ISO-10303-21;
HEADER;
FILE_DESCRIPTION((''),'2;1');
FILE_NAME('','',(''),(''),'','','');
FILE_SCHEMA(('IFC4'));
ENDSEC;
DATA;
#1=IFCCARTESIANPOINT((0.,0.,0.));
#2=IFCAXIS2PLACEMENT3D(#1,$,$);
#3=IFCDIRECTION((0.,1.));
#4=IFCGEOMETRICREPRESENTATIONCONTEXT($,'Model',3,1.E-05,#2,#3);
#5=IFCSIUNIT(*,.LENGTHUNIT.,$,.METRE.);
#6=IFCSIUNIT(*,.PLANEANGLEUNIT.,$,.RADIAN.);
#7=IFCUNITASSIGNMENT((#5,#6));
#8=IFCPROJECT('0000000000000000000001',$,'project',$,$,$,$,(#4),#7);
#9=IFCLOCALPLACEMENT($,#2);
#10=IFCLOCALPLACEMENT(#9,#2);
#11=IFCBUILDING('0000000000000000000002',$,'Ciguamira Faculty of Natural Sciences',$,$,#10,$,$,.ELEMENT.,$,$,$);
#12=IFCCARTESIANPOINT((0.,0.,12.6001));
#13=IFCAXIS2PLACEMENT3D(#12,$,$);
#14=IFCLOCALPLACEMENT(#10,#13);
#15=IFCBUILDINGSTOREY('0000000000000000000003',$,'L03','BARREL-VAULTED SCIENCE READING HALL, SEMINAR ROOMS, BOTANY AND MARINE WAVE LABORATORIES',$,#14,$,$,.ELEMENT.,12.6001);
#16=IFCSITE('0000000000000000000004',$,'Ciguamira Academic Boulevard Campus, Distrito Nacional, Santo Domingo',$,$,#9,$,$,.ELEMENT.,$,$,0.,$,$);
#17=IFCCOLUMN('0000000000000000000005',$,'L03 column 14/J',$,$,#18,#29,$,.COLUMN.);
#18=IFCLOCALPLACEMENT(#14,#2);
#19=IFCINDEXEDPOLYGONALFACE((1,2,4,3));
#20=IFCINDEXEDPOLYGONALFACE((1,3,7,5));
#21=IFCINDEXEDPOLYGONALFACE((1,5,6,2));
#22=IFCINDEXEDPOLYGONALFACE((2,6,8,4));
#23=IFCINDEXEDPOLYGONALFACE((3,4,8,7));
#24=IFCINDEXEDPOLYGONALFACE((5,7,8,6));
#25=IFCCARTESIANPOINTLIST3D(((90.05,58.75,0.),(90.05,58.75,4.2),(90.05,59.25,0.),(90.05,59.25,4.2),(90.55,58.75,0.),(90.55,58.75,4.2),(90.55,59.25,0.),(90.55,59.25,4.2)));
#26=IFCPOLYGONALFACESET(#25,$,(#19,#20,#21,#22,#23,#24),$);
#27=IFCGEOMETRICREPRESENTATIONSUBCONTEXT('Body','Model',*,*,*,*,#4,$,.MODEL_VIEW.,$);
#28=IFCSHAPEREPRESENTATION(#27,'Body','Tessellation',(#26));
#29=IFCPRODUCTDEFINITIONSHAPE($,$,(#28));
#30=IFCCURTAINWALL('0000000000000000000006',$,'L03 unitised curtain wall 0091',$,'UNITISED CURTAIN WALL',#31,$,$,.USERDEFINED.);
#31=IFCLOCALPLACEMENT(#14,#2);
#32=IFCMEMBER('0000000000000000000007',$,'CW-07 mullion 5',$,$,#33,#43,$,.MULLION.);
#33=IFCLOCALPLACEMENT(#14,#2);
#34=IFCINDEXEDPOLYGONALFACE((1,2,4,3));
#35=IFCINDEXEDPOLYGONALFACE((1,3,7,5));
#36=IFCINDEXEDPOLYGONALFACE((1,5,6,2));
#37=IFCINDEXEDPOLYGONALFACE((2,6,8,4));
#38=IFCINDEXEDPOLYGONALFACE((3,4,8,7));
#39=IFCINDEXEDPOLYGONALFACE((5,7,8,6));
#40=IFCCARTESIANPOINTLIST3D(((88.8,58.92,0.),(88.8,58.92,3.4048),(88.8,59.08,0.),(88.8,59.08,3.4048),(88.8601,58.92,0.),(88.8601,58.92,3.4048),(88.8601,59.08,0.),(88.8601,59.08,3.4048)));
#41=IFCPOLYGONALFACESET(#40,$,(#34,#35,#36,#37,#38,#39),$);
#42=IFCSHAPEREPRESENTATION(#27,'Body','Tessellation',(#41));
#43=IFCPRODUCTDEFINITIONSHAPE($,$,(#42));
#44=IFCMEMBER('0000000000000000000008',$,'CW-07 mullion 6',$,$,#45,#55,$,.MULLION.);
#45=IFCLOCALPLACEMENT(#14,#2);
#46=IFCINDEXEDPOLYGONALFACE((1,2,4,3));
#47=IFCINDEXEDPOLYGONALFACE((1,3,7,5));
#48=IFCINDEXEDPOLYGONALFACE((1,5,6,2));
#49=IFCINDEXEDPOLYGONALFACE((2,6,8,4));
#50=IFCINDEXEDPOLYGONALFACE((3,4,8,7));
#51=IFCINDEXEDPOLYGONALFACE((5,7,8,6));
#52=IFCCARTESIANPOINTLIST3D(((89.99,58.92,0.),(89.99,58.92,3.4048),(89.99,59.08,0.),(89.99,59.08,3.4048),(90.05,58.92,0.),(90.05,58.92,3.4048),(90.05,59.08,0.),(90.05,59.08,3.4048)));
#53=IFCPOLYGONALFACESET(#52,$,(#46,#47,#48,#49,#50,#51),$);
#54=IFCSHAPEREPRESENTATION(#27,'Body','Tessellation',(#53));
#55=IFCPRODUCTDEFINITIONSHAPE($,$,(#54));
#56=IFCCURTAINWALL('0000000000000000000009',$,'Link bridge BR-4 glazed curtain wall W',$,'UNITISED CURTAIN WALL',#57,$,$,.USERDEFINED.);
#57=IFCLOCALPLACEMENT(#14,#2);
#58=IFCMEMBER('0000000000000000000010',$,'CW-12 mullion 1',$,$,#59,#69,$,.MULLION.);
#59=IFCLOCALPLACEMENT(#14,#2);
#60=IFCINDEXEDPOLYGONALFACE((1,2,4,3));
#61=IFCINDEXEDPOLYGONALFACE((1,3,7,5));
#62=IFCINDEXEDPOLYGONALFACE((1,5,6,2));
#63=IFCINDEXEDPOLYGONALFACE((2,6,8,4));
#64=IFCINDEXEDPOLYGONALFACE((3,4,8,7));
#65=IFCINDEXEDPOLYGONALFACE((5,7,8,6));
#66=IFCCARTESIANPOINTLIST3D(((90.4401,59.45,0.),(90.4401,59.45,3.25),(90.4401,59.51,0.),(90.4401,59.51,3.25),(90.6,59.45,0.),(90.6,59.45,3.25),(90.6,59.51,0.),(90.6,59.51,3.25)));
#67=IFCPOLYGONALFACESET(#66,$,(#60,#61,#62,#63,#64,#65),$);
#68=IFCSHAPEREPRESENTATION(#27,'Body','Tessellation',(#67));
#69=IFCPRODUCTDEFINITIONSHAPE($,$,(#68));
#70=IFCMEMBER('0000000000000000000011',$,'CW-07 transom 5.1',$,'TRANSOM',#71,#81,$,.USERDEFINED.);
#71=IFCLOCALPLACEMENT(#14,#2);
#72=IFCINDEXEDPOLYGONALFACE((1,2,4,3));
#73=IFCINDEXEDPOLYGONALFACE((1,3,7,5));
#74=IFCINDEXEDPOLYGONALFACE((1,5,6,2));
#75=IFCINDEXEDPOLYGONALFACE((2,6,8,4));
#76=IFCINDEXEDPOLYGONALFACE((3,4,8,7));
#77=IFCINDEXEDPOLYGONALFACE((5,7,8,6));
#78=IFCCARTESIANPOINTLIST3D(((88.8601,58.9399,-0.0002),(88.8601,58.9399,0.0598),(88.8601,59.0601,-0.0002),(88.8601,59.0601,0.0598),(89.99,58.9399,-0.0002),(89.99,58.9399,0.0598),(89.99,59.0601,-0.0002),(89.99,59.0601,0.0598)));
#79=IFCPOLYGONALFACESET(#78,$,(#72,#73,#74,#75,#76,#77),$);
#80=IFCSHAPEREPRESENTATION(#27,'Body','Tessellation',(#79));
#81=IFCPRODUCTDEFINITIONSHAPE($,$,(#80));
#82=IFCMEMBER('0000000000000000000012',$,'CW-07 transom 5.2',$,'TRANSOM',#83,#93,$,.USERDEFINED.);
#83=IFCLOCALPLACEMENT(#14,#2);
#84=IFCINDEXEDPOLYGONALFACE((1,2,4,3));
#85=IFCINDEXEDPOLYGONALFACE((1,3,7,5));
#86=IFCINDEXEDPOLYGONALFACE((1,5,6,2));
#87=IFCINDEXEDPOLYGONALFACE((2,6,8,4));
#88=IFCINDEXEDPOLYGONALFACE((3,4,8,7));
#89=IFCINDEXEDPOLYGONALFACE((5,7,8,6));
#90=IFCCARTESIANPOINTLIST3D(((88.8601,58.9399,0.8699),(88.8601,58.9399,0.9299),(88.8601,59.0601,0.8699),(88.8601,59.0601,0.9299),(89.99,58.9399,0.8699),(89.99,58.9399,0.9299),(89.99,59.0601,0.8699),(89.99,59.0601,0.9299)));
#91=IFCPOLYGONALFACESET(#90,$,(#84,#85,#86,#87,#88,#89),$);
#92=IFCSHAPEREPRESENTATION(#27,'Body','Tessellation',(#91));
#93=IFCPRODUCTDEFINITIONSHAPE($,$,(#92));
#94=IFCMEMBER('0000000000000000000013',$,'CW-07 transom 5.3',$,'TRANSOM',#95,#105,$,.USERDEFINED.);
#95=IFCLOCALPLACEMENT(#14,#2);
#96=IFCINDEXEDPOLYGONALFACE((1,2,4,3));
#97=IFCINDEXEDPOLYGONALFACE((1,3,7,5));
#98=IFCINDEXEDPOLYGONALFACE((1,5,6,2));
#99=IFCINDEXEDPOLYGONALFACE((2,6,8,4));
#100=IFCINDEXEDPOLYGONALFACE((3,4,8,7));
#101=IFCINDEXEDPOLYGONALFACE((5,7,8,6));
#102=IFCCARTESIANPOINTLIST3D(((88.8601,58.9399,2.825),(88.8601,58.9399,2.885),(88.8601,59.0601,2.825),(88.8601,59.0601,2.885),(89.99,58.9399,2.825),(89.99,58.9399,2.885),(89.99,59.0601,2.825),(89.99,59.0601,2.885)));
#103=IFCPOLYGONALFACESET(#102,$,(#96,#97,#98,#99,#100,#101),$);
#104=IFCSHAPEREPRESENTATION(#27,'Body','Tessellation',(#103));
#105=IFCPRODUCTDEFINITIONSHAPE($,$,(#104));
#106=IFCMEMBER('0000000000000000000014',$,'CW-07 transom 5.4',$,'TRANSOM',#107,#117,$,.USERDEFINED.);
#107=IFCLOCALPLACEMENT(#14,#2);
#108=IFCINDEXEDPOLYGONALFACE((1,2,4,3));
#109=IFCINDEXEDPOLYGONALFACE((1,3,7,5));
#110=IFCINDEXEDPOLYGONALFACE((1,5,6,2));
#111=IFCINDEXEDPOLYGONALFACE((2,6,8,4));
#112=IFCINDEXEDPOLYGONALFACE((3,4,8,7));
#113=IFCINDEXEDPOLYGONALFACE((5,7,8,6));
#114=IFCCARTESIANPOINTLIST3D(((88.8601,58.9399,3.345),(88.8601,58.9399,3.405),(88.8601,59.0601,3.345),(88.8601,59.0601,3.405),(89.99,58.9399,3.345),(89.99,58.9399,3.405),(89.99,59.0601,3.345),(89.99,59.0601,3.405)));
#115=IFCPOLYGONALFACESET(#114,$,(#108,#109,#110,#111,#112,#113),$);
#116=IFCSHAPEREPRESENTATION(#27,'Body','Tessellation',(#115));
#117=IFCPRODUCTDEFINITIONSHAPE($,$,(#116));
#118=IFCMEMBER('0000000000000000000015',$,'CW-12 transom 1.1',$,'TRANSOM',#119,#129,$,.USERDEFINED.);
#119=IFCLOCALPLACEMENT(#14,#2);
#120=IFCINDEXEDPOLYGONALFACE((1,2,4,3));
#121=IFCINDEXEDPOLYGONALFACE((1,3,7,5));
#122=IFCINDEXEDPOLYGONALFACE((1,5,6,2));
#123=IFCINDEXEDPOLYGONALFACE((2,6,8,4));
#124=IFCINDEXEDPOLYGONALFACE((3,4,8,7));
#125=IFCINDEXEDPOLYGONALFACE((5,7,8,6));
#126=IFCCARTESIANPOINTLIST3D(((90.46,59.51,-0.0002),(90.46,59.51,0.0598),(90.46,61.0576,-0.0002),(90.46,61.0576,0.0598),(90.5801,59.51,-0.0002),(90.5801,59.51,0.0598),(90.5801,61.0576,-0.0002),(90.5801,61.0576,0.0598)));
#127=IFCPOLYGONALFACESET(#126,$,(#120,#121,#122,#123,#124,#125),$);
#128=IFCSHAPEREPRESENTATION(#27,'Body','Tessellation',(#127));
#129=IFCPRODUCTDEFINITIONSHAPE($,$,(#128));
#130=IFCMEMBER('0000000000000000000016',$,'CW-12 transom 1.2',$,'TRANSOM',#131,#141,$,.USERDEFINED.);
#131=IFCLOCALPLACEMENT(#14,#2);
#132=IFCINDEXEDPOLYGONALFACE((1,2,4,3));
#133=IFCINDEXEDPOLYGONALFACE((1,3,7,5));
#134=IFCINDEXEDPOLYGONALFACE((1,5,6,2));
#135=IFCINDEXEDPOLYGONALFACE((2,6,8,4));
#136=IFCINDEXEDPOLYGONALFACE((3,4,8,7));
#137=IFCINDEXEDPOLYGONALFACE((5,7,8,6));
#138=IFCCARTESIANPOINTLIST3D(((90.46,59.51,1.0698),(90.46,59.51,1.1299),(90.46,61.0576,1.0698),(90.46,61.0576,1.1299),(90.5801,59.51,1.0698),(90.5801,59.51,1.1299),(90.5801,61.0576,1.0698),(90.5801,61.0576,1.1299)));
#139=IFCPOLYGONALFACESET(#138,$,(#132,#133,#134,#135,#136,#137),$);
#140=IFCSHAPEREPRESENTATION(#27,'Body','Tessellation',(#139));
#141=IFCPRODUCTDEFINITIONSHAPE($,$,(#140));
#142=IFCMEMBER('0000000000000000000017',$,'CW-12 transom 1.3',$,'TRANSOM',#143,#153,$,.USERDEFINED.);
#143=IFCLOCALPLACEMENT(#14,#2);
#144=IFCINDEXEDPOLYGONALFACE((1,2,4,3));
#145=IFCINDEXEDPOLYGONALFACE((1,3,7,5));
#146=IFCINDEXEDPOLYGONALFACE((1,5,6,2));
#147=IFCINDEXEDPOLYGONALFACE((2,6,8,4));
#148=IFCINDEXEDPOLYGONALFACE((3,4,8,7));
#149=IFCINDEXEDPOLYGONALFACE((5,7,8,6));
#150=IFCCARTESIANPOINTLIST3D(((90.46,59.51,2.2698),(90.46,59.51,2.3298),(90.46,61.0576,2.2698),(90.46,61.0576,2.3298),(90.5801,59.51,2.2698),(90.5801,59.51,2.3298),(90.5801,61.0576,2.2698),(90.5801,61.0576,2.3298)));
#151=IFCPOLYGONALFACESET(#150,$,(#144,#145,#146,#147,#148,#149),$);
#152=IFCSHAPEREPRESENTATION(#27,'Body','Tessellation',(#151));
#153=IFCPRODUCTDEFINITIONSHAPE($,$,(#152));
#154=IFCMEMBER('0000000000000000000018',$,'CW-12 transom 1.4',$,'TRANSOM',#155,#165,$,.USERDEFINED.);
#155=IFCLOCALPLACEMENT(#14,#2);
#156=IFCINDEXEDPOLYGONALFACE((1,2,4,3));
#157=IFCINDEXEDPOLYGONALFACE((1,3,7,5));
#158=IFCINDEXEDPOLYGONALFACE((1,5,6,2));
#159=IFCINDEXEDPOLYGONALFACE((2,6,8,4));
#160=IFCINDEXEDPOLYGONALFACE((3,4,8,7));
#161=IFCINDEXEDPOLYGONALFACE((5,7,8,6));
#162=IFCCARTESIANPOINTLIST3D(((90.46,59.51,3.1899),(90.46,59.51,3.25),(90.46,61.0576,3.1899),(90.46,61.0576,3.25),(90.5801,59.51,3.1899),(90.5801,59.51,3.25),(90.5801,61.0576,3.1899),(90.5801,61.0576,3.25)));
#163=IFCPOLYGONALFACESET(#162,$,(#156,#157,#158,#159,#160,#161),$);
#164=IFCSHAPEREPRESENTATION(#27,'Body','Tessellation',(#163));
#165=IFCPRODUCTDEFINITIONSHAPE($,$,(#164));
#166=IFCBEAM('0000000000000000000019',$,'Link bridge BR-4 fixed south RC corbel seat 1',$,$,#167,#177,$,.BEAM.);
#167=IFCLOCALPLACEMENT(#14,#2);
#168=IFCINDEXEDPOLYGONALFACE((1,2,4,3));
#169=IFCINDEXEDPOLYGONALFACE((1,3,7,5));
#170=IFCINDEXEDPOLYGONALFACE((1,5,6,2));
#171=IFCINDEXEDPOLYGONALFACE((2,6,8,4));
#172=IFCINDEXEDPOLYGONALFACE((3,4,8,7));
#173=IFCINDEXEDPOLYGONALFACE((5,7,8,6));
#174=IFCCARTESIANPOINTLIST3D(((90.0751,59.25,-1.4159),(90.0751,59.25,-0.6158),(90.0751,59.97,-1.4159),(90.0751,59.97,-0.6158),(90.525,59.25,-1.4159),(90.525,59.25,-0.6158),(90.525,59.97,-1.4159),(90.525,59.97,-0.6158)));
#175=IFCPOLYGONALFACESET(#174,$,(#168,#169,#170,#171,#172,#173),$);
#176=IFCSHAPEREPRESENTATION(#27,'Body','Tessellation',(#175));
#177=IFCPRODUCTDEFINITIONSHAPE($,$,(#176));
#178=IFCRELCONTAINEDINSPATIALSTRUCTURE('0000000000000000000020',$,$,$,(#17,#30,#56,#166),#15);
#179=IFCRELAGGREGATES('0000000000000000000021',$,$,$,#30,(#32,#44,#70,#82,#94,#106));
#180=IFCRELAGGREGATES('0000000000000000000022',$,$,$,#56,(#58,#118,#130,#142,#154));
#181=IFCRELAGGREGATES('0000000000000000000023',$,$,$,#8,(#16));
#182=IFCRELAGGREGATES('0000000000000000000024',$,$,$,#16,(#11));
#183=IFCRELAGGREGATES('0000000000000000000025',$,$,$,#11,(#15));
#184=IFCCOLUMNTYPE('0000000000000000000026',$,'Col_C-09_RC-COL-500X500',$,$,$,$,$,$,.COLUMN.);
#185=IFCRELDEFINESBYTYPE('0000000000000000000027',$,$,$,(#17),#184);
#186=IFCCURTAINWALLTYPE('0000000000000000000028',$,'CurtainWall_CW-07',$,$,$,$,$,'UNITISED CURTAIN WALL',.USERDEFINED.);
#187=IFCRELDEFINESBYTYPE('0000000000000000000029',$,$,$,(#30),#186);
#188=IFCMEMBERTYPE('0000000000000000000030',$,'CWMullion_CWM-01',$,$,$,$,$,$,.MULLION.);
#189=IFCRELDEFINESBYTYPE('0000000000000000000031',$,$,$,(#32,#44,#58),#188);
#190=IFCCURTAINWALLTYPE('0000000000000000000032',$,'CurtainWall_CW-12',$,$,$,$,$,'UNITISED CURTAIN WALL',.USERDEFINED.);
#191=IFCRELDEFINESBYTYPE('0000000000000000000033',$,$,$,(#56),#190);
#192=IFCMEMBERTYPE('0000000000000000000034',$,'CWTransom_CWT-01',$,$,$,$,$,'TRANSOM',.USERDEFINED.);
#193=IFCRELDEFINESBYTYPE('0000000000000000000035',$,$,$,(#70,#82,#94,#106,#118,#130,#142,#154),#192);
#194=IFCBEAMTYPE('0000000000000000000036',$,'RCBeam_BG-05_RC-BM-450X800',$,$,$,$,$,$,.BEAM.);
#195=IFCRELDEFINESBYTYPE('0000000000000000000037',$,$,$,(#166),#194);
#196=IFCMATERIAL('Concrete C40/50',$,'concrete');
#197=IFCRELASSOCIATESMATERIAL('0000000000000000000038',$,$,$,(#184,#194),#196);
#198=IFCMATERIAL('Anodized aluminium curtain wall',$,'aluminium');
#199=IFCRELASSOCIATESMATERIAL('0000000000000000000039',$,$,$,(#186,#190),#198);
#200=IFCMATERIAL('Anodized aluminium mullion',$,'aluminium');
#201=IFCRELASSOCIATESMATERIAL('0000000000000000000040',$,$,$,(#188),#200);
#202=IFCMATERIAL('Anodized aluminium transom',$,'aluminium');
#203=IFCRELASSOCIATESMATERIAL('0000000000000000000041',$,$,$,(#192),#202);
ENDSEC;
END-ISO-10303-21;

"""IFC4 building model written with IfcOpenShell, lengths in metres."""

from ifc_helpers import new_model, si_unit, direction, frame, origin, origin_2d, place, context, subcontext, project, spatial, rectangle, extrude, material, material_profile, profile_set, type_object, element, aggregate, save


model = new_model("IFC4")

# Units and contexts
model_context = context("Model", 3, precision=1e-05, world=origin(), true_north=direction((0.0, 1.0)))
body_context = subcontext(model_context, "Body", "Model", "MODEL_VIEW")
ifc_project = project(units=[si_unit("LENGTHUNIT", "METRE"), si_unit("PLANEANGLEUNIT", "RADIAN")], contexts=[model_context])

# Site, building, storey
site_placement = place(None, origin())
site = spatial("IfcSite", under=ifc_project, at=site_placement, Name="Ciguamira Academic Boulevard Campus, Distrito Nacional, Santo Domingo", CompositionType="ELEMENT", RefElevation=0.0)
building_placement = place(site_placement, origin())
building = spatial("IfcBuilding", under=site, at=building_placement, Name="Ciguamira Faculty of Natural Sciences", CompositionType="ELEMENT")
storey_placement = place(building_placement, frame((0.0, 0.0, 12.6001)))
storey = spatial("IfcBuildingStorey", under=building, at=storey_placement, Name="L03", Description="BARREL-VAULTED SCIENCE READING HALL, SEMINAR ROOMS, BOTANY AND MARINE WAVE LABORATORIES", CompositionType="ELEMENT", Elevation=12.6001)

# Column
ifc_material_1 = material(Name="Concrete C40/50", Category="concrete")
ifc_material_profile_1 = material_profile(ifc_material_1, rectangle(XDim=0.5, YDim=0.5, at=origin_2d()), Name="RC-COL-500X500")
ifc_profile_set_1 = profile_set([ifc_material_profile_1], Name="Concrete C40/50")
column_type = type_object("IfcColumnType", Name="Col_C-09_RC-COL-500X500", PredefinedType="COLUMN", material=ifc_profile_set_1)
column_placement = place(storey_placement, frame((90.3, 59.0, 0.0), z_axis=(0.0, 0.0, 1.0), x_axis=(1.0, 0.0, 0.0)))
element("IfcColumn", 1, at=column_placement, inside=storey, type_object=column_type, Name="L03 column 14/J", PredefinedType="COLUMN", context=body_context, shape_type="SweptSolid", body=[
    extrude(rectangle(XDim=0.5, YDim=0.5, at=origin_2d()), origin(), (0.0, 0.0, 1.0), 4.2),
])

# Curtain wall, members
ifc_material_2 = material(Name="Anodized aluminium curtain wall", Category="aluminium")
curtain_wall_type_1 = type_object("IfcCurtainWallType", Name="CurtainWall_CW-07", ElementType="UNITISED CURTAIN WALL", PredefinedType="USERDEFINED", material=ifc_material_2)
curtain_wall_1_placement = place(storey_placement, origin())
curtain_wall_1 = element("IfcCurtainWall", 2, at=curtain_wall_1_placement, inside=storey, type_object=curtain_wall_type_1, Name="L03 unitised curtain wall 0091", ObjectType="UNITISED CURTAIN WALL", PredefinedType="USERDEFINED")
ifc_material_3 = material(Name="Anodized aluminium mullion", Category="aluminium")
ifc_material_profile_2 = material_profile(ifc_material_3, rectangle(XDim=0.0601, YDim=0.1599, at=origin_2d()), Name="ALU-MUL-60X160")
ifc_profile_set_2 = profile_set([ifc_material_profile_2], Name="Anodized aluminium mullion")
member_type_1 = type_object("IfcMemberType", Name="CWMullion_CWM-01", PredefinedType="MULLION", material=ifc_profile_set_2)
member_1_placement = place(storey_placement, frame((88.8301, 59.0, 0.0), z_axis=(0.0, 0.0, 1.0), x_axis=(1.0, 0.0, 0.0)))
member_1 = element("IfcMember", 3, at=member_1_placement, type_object=member_type_1, Name="CW-07 mullion 5", PredefinedType="MULLION", context=body_context, shape_type="SweptSolid", body=[
    extrude(rectangle(XDim=0.0601, YDim=0.1599, at=origin_2d()), origin(), (0.0, 0.0, 1.0), 3.4048),
])
member_2_placement = place(storey_placement, frame((90.02, 59.0, 0.0), z_axis=(0.0, 0.0, 1.0), x_axis=(1.0, 0.0, 0.0)))
member_2 = element("IfcMember", 4, at=member_2_placement, type_object=member_type_1, Name="CW-07 mullion 6", PredefinedType="MULLION", context=body_context, shape_type="SweptSolid", body=[
    extrude(rectangle(XDim=0.0601, YDim=0.1599, at=origin_2d()), origin(), (0.0, 0.0, 1.0), 3.4048),
])

# Curtain wall, member
curtain_wall_type_2 = type_object("IfcCurtainWallType", Name="CurtainWall_CW-12", ElementType="UNITISED CURTAIN WALL", PredefinedType="USERDEFINED", material=ifc_material_2)
curtain_wall_2_placement = place(storey_placement, origin())
curtain_wall_2 = element("IfcCurtainWall", 5, at=curtain_wall_2_placement, inside=storey, type_object=curtain_wall_type_2, Name="Link bridge BR-4 glazed curtain wall W", ObjectType="UNITISED CURTAIN WALL", PredefinedType="USERDEFINED")
member_3_placement = place(storey_placement, frame((90.52, 59.48, 0.0), z_axis=(0.0, 0.0, 1.0), x_axis=(0.0, 1.0, 0.0)))
member_3 = element("IfcMember", 6, at=member_3_placement, type_object=member_type_1, Name="CW-12 mullion 1", PredefinedType="MULLION", context=body_context, shape_type="SweptSolid", body=[
    extrude(rectangle(XDim=0.0601, YDim=0.1599, at=origin_2d()), origin(), (0.0, 0.0, 1.0), 3.25),
])

# Members
ifc_material_4 = material(Name="Anodized aluminium transom", Category="aluminium")
ifc_material_profile_3 = material_profile(ifc_material_4, rectangle(XDim=0.0601, YDim=0.1201, at=origin_2d()), Name="ALU-TRN-60X120")
ifc_profile_set_3 = profile_set([ifc_material_profile_3], Name="Anodized aluminium transom")
member_type_2 = type_object("IfcMemberType", Name="CWTransom_CWT-01", ElementType="TRANSOM", PredefinedType="USERDEFINED", material=ifc_profile_set_3)
member_4_placement = place(storey_placement, frame((88.8601, 59.0, 0.0298), z_axis=(1.0, 0.0, 0.0), x_axis=(0.0, 0.0, 1.0)))
member_4 = element("IfcMember", 7, at=member_4_placement, type_object=member_type_2, Name="CW-07 transom 5.1", ObjectType="TRANSOM", PredefinedType="USERDEFINED", context=body_context, shape_type="SweptSolid", body=[
    extrude(rectangle(XDim=0.0601, YDim=0.1201, at=origin_2d()), origin(), (0.0, 0.0, 1.0), 1.1299),
])
member_5_placement = place(storey_placement, frame((88.8601, 59.0, 0.8999), z_axis=(1.0, 0.0, 0.0), x_axis=(0.0, 0.0, 1.0)))
member_5 = element("IfcMember", 8, at=member_5_placement, type_object=member_type_2, Name="CW-07 transom 5.2", ObjectType="TRANSOM", PredefinedType="USERDEFINED", context=body_context, shape_type="SweptSolid", body=[
    extrude(rectangle(XDim=0.0601, YDim=0.1201, at=origin_2d()), origin(), (0.0, 0.0, 1.0), 1.1299),
])
member_6_placement = place(storey_placement, frame((88.8601, 59.0, 2.855), z_axis=(1.0, 0.0, 0.0), x_axis=(0.0, 0.0, 1.0)))
member_6 = element("IfcMember", 9, at=member_6_placement, type_object=member_type_2, Name="CW-07 transom 5.3", ObjectType="TRANSOM", PredefinedType="USERDEFINED", context=body_context, shape_type="SweptSolid", body=[
    extrude(rectangle(XDim=0.0601, YDim=0.1201, at=origin_2d()), origin(), (0.0, 0.0, 1.0), 1.1299),
])
member_7_placement = place(storey_placement, frame((88.8601, 59.0, 3.375), z_axis=(1.0, 0.0, 0.0), x_axis=(0.0, 0.0, 1.0)))
member_7 = element("IfcMember", 10, at=member_7_placement, type_object=member_type_2, Name="CW-07 transom 5.4", ObjectType="TRANSOM", PredefinedType="USERDEFINED", context=body_context, shape_type="SweptSolid", body=[
    extrude(rectangle(XDim=0.0601, YDim=0.1201, at=origin_2d()), origin(), (0.0, 0.0, 1.0), 1.1299),
])
member_8_placement = place(storey_placement, frame((90.52, 59.51, 0.0298), z_axis=(0.0, 1.0, 0.0), x_axis=(0.0, 0.0, 1.0)))
member_8 = element("IfcMember", 11, at=member_8_placement, type_object=member_type_2, Name="CW-12 transom 1.1", ObjectType="TRANSOM", PredefinedType="USERDEFINED", context=body_context, shape_type="SweptSolid", body=[
    extrude(rectangle(XDim=0.0601, YDim=0.1201, at=origin_2d()), origin(), (0.0, 0.0, 1.0), 1.5476),
])
member_9_placement = place(storey_placement, frame((90.52, 59.51, 1.0999), z_axis=(0.0, 1.0, 0.0), x_axis=(0.0, 0.0, 1.0)))
member_9 = element("IfcMember", 12, at=member_9_placement, type_object=member_type_2, Name="CW-12 transom 1.2", ObjectType="TRANSOM", PredefinedType="USERDEFINED", context=body_context, shape_type="SweptSolid", body=[
    extrude(rectangle(XDim=0.0601, YDim=0.1201, at=origin_2d()), origin(), (0.0, 0.0, 1.0), 1.5476),
])
member_10_placement = place(storey_placement, frame((90.52, 59.51, 2.2998), z_axis=(0.0, 1.0, 0.0), x_axis=(0.0, 0.0, 1.0)))
member_10 = element("IfcMember", 13, at=member_10_placement, type_object=member_type_2, Name="CW-12 transom 1.3", ObjectType="TRANSOM", PredefinedType="USERDEFINED", context=body_context, shape_type="SweptSolid", body=[
    extrude(rectangle(XDim=0.0601, YDim=0.1201, at=origin_2d()), origin(), (0.0, 0.0, 1.0), 1.5476),
])
member_11_placement = place(storey_placement, frame((90.52, 59.51, 3.22), z_axis=(0.0, 1.0, 0.0), x_axis=(0.0, 0.0, 1.0)))
member_11 = element("IfcMember", 14, at=member_11_placement, type_object=member_type_2, Name="CW-12 transom 1.4", ObjectType="TRANSOM", PredefinedType="USERDEFINED", context=body_context, shape_type="SweptSolid", body=[
    extrude(rectangle(XDim=0.0601, YDim=0.1201, at=origin_2d()), origin(), (0.0, 0.0, 1.0), 1.5476),
])

# Beam
ifc_material_profile_4 = material_profile(ifc_material_1, rectangle(XDim=0.45, YDim=0.8, at=origin_2d()), Name="RC-BM-450X800")
ifc_profile_set_4 = profile_set([ifc_material_profile_4], Name="Concrete C40/50")
beam_type = type_object("IfcBeamType", Name="RCBeam_BG-05_RC-BM-450X800", PredefinedType="BEAM", material=ifc_profile_set_4)
beam_placement = place(storey_placement, frame((90.3, 59.25, -1.0159), z_axis=(0.0, 1.0, 0.0), x_axis=(-1.0, 0.0, 0.0)))
element("IfcBeam", 15, at=beam_placement, inside=storey, type_object=beam_type, Name="Link bridge BR-4 fixed south RC corbel seat 1", PredefinedType="BEAM", context=body_context, shape_type="SweptSolid", body=[
    extrude(rectangle(XDim=0.45, YDim=0.8, at=origin_2d()), origin(), (0.0, 0.0, 1.0), 0.72),
])

aggregate(curtain_wall_1, [member_1, member_2, member_4, member_5, member_6, member_7])
aggregate(curtain_wall_2, [member_3, member_8, member_9, member_10, member_11])

save(model, "model.ifc")
